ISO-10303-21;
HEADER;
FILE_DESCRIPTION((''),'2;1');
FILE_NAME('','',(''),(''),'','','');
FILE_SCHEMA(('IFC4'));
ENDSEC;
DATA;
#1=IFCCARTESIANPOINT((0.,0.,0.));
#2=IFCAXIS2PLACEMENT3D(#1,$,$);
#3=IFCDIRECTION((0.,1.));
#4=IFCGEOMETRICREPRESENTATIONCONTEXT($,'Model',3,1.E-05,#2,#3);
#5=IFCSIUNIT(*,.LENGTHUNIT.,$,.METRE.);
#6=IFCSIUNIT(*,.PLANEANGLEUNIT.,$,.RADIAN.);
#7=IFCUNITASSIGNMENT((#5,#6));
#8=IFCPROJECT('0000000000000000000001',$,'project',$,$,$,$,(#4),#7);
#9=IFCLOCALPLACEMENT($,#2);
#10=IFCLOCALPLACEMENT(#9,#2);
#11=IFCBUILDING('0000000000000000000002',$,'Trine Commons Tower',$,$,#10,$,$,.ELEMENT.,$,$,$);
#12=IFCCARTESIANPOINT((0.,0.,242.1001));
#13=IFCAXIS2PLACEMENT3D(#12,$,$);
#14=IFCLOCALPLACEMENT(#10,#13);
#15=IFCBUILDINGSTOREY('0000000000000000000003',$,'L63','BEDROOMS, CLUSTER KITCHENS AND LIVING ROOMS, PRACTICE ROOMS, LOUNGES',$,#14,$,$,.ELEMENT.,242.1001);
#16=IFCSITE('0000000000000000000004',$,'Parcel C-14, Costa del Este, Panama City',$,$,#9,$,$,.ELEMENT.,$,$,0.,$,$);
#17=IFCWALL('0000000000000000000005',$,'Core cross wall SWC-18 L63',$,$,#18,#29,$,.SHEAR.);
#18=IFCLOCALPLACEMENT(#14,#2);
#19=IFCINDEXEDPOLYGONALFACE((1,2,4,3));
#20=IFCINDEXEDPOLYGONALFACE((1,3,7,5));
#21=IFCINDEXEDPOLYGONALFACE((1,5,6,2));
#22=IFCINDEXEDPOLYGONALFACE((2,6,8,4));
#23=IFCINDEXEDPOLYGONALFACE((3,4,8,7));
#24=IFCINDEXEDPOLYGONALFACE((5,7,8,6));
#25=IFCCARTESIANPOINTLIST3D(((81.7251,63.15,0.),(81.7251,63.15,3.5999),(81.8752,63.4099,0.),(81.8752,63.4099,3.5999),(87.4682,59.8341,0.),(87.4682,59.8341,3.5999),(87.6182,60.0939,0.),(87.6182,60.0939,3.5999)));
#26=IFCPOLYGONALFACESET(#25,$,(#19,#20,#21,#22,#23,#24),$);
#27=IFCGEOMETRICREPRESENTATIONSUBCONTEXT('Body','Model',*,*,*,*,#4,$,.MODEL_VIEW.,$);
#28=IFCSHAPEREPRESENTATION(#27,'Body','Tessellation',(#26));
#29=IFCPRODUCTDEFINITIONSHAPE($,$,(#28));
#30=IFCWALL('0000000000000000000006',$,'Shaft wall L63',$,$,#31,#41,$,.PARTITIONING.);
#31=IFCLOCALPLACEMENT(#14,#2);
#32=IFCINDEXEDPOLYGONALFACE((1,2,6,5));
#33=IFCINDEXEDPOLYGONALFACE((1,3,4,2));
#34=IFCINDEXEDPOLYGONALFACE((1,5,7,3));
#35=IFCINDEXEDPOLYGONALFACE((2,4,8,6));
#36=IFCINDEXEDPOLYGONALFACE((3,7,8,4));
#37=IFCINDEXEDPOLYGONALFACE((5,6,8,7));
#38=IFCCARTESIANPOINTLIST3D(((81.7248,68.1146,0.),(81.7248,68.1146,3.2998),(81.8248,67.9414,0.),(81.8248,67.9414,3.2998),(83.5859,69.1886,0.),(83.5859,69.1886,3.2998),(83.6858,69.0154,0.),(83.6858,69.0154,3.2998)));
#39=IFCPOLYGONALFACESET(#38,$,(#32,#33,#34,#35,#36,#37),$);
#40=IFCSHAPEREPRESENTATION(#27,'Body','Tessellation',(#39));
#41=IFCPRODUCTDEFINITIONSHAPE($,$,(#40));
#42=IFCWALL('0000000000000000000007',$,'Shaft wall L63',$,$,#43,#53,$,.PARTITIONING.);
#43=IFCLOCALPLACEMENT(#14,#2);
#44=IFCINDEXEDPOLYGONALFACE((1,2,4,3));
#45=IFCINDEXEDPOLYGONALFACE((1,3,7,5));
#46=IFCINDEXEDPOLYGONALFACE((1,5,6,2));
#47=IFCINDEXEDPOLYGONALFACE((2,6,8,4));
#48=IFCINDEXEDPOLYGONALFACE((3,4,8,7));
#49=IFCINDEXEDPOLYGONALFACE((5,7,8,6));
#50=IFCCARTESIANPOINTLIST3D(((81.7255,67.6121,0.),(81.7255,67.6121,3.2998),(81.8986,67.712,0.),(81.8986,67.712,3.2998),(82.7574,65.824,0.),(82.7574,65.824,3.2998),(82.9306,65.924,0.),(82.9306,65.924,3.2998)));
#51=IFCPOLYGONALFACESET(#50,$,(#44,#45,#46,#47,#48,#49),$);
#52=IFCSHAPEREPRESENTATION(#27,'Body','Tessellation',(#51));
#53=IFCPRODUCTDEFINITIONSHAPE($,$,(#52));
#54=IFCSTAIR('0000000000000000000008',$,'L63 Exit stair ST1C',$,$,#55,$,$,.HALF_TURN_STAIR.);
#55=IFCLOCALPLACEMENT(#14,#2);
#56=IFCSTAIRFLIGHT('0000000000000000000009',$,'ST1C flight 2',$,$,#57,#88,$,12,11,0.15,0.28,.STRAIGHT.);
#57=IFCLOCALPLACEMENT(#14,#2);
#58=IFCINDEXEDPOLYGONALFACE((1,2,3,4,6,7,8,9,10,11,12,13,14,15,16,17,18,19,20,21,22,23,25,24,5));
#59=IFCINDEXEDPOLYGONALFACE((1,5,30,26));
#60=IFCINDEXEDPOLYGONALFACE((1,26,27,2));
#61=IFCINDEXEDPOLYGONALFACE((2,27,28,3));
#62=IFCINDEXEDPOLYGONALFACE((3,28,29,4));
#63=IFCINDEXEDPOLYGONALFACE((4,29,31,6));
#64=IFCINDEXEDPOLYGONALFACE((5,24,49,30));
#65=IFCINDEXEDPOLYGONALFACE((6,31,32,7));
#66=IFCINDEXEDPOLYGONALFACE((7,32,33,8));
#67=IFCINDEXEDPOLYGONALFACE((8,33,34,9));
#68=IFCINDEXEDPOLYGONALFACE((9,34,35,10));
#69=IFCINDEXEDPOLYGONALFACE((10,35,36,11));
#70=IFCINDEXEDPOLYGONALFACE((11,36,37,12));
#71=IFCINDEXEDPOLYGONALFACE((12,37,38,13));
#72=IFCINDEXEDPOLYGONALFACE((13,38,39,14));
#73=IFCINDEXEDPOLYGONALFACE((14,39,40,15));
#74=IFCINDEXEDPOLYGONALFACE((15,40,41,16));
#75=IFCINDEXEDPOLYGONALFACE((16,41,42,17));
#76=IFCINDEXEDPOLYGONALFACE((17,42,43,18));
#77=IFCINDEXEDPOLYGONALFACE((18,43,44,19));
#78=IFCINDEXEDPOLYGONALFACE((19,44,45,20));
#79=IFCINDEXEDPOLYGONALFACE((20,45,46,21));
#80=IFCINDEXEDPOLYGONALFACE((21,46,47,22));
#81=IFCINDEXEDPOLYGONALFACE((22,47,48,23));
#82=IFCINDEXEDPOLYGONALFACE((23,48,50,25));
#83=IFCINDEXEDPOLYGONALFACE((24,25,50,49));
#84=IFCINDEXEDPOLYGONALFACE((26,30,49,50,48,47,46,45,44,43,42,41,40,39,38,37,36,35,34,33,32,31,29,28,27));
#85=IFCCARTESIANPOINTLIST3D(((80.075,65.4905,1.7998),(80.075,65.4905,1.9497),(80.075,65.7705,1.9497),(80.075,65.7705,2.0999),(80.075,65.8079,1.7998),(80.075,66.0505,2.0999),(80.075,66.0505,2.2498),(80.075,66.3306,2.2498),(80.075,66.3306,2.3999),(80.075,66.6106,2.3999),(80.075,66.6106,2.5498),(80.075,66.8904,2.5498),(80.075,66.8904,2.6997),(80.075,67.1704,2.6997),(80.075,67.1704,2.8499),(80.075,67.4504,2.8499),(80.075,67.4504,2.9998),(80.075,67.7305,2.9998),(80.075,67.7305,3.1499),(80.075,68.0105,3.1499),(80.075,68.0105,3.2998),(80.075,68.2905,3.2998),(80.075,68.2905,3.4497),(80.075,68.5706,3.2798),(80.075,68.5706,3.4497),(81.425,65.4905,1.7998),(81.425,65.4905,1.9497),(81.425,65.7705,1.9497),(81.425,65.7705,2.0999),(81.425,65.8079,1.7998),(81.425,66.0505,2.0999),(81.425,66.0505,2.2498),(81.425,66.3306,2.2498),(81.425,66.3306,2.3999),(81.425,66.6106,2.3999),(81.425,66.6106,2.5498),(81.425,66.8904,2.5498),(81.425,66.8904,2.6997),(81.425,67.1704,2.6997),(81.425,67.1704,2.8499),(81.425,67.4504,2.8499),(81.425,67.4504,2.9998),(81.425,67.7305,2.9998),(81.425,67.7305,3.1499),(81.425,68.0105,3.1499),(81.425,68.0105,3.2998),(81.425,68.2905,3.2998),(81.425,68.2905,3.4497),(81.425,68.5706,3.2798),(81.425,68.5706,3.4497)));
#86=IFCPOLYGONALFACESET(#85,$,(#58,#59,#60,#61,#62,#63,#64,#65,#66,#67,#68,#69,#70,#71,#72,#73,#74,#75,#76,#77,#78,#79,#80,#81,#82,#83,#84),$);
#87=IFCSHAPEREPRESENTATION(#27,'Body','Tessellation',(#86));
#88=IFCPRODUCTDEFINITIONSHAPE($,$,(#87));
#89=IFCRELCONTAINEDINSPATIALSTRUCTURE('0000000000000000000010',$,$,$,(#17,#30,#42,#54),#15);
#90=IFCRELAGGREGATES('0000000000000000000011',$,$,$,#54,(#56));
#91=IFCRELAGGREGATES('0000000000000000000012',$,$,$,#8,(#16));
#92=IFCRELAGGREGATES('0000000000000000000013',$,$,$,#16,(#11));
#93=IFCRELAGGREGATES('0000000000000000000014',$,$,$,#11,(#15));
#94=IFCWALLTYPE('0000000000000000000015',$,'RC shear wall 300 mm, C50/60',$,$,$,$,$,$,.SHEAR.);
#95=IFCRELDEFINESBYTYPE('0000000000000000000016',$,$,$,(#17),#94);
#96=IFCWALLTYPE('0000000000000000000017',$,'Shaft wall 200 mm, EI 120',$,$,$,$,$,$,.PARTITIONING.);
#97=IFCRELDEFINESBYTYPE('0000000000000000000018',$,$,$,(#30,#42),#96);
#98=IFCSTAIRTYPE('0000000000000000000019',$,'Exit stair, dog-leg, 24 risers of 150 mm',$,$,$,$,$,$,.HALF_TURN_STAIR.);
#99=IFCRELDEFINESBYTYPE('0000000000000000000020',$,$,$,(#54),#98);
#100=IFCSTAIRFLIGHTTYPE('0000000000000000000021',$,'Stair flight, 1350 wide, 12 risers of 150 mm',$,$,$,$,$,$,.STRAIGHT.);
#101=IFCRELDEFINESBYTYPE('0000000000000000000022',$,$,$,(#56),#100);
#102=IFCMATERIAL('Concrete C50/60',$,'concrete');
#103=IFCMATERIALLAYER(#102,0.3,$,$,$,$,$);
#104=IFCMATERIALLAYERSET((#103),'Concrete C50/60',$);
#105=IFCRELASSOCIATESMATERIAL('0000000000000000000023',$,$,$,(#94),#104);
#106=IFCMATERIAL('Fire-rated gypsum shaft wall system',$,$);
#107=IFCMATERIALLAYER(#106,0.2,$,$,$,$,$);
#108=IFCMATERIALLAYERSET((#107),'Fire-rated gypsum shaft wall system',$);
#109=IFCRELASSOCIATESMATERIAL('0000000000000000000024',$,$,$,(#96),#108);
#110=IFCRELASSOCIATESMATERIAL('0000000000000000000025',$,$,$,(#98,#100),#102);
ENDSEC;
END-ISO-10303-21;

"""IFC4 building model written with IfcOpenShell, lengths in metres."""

from ifc_helpers import new_model, si_unit, direction, frame, frame_2d, origin, place, context, subcontext, project, spatial, polyline, rectangle, outline, extrude, material, layer, layer_set, type_object, element, aggregate, save


model = new_model("IFC4")

# Units and contexts
model_context = context("Model", 3, precision=1e-05, world=origin(), true_north=direction((0.0, 1.0)))
body_context = subcontext(model_context, "Body", "Model", "MODEL_VIEW")
ifc_project = project(units=[si_unit("LENGTHUNIT", "METRE"), si_unit("PLANEANGLEUNIT", "RADIAN")], contexts=[model_context])

# Site, building, storey
site_placement = place(None, origin())
site = spatial("IfcSite", under=ifc_project, at=site_placement, Name="Parcel C-14, Costa del Este, Panama City", CompositionType="ELEMENT", RefElevation=0.0)
building_placement = place(site_placement, origin())
building = spatial("IfcBuilding", under=site, at=building_placement, Name="Trine Commons Tower", CompositionType="ELEMENT")
storey_placement = place(building_placement, frame((0.0, 0.0, 242.1001)))
storey = spatial("IfcBuildingStorey", under=building, at=storey_placement, Name="L63", Description="BEDROOMS, CLUSTER KITCHENS AND LIVING ROOMS, PRACTICE ROOMS, LOUNGES", CompositionType="ELEMENT", Elevation=242.1001)

# Shared definitions
ifc_material_1 = material(Name="Concrete C50/60", Category="concrete")
ifc_layer_1 = layer(ifc_material_1, 0.3)
ifc_layer_set_1 = layer_set([ifc_layer_1], Name="Concrete C50/60")
wall_type_1 = type_object("IfcWallType", Name="RC shear wall 300 mm, C50/60", PredefinedType="SHEAR", material=ifc_layer_set_1)

# Walls
wall_1_placement = place(storey_placement, frame((81.8, 63.28, 0.0), z_axis=(0.0, 0.0, 1.0), x_axis=(0.86601, -0.500027, 0.0)))
element("IfcWall", 1, at=wall_1_placement, inside=storey, type_object=wall_type_1, Name="Core cross wall SWC-18 L63", PredefinedType="SHEAR", context=body_context, shape_type="SweptSolid", body=[
    extrude(rectangle(XDim=6.6316, YDim=0.3, at=frame_2d((3.3159, 0.0))), origin(), (0.0, 0.0, 1.0), 3.5999),
])
ifc_material_2 = material(Name="Fire-rated gypsum shaft wall system")
ifc_layer_2 = layer(ifc_material_2, 0.2)
ifc_layer_set_2 = layer_set([ifc_layer_2], Name="Fire-rated gypsum shaft wall system")
wall_type_2 = type_object("IfcWallType", Name="Shaft wall 200 mm, EI 120", PredefinedType="PARTITIONING", material=ifc_layer_set_2)
wall_2_placement = place(storey_placement, frame((81.7749, 68.0281, 0.0), z_axis=(0.0, 0.0, 1.0), x_axis=(0.866131, 0.499818, 0.0)))
element("IfcWall", 2, at=wall_2_placement, inside=storey, type_object=wall_type_2, Name="Shaft wall L63", PredefinedType="PARTITIONING", context=body_context, shape_type="SweptSolid", body=[
    extrude(rectangle(XDim=2.1487, YDim=0.2, at=frame_2d((1.0742, 0.0))), origin(), (0.0, 0.0, 1.0), 3.2998),
])
wall_3_placement = place(storey_placement, frame((82.844, 65.874, 0.0), z_axis=(0.0, 0.0, 1.0), x_axis=(-0.499866, 0.866103, 0.0)))
element("IfcWall", 3, at=wall_3_placement, inside=storey, type_object=wall_type_2, Name="Shaft wall L63", PredefinedType="PARTITIONING", context=body_context, shape_type="SweptSolid", body=[
    extrude(rectangle(XDim=2.0645, YDim=0.2, at=frame_2d((1.0322, 0.0))), origin(), (0.0, 0.0, 1.0), 3.2998),
])

# Stair, stair flight
stair_type = type_object("IfcStairType", Name="Exit stair, dog-leg, 24 risers of 150 mm", PredefinedType="HALF_TURN_STAIR", material=ifc_material_1)
stair_placement = place(storey_placement, origin())
stair = element("IfcStair", 4, at=stair_placement, inside=storey, type_object=stair_type, Name="L63 Exit stair ST1C", PredefinedType="HALF_TURN_STAIR")
stair_flight_type = type_object("IfcStairFlightType", Name="Stair flight, 1350 wide, 12 risers of 150 mm", PredefinedType="STRAIGHT", material=ifc_material_1)
stair_flight_placement = place(storey_placement, frame((80.75, 65.4905, 1.7998), z_axis=(0.0, 0.0, 1.0), x_axis=(0.0, 1.0, 0.0)))
stair_flight = element("IfcStairFlight", 5, at=stair_flight_placement, type_object=stair_flight_type, Name="ST1C flight 2", NumberOfRisers=12, NumberOfTreads=11, PredefinedType="STRAIGHT", RiserHeight=0.15, TreadLength=0.28, context=body_context, shape_type="SweptSolid", body=[
    extrude(outline(polyline([(0.0, 0.0), (0.0, 0.1499), (0.28, 0.1499), (0.28, 0.3), (0.5601, 0.3), (0.5601, 0.45), (0.8401, 0.45), (0.8401, 0.6001), (1.1201, 0.6001), (1.1201, 0.75), (1.3999, 0.75), (1.3999, 0.8999), (1.6799, 0.8999), (1.6799, 1.05), (1.96, 1.05), (1.96, 1.2), (2.24, 1.2), (2.24, 1.3501), (2.52, 1.3501), (2.52, 1.5), (2.8, 1.5), (2.8, 1.6499), (3.0801, 1.6499), (3.0801, 1.8), (3.0801, 1.48), (0.3174, 0.0), (0.0, 0.0)])), frame((0.0, 0.675, 0.0), z_axis=(0.0, -1.0, 0.0), x_axis=(1.0, 0.0, 0.0)), (0.0, 0.0, 1.0), 1.3501),
])
aggregate(stair, [stair_flight])

save(model, "model.ifc")
